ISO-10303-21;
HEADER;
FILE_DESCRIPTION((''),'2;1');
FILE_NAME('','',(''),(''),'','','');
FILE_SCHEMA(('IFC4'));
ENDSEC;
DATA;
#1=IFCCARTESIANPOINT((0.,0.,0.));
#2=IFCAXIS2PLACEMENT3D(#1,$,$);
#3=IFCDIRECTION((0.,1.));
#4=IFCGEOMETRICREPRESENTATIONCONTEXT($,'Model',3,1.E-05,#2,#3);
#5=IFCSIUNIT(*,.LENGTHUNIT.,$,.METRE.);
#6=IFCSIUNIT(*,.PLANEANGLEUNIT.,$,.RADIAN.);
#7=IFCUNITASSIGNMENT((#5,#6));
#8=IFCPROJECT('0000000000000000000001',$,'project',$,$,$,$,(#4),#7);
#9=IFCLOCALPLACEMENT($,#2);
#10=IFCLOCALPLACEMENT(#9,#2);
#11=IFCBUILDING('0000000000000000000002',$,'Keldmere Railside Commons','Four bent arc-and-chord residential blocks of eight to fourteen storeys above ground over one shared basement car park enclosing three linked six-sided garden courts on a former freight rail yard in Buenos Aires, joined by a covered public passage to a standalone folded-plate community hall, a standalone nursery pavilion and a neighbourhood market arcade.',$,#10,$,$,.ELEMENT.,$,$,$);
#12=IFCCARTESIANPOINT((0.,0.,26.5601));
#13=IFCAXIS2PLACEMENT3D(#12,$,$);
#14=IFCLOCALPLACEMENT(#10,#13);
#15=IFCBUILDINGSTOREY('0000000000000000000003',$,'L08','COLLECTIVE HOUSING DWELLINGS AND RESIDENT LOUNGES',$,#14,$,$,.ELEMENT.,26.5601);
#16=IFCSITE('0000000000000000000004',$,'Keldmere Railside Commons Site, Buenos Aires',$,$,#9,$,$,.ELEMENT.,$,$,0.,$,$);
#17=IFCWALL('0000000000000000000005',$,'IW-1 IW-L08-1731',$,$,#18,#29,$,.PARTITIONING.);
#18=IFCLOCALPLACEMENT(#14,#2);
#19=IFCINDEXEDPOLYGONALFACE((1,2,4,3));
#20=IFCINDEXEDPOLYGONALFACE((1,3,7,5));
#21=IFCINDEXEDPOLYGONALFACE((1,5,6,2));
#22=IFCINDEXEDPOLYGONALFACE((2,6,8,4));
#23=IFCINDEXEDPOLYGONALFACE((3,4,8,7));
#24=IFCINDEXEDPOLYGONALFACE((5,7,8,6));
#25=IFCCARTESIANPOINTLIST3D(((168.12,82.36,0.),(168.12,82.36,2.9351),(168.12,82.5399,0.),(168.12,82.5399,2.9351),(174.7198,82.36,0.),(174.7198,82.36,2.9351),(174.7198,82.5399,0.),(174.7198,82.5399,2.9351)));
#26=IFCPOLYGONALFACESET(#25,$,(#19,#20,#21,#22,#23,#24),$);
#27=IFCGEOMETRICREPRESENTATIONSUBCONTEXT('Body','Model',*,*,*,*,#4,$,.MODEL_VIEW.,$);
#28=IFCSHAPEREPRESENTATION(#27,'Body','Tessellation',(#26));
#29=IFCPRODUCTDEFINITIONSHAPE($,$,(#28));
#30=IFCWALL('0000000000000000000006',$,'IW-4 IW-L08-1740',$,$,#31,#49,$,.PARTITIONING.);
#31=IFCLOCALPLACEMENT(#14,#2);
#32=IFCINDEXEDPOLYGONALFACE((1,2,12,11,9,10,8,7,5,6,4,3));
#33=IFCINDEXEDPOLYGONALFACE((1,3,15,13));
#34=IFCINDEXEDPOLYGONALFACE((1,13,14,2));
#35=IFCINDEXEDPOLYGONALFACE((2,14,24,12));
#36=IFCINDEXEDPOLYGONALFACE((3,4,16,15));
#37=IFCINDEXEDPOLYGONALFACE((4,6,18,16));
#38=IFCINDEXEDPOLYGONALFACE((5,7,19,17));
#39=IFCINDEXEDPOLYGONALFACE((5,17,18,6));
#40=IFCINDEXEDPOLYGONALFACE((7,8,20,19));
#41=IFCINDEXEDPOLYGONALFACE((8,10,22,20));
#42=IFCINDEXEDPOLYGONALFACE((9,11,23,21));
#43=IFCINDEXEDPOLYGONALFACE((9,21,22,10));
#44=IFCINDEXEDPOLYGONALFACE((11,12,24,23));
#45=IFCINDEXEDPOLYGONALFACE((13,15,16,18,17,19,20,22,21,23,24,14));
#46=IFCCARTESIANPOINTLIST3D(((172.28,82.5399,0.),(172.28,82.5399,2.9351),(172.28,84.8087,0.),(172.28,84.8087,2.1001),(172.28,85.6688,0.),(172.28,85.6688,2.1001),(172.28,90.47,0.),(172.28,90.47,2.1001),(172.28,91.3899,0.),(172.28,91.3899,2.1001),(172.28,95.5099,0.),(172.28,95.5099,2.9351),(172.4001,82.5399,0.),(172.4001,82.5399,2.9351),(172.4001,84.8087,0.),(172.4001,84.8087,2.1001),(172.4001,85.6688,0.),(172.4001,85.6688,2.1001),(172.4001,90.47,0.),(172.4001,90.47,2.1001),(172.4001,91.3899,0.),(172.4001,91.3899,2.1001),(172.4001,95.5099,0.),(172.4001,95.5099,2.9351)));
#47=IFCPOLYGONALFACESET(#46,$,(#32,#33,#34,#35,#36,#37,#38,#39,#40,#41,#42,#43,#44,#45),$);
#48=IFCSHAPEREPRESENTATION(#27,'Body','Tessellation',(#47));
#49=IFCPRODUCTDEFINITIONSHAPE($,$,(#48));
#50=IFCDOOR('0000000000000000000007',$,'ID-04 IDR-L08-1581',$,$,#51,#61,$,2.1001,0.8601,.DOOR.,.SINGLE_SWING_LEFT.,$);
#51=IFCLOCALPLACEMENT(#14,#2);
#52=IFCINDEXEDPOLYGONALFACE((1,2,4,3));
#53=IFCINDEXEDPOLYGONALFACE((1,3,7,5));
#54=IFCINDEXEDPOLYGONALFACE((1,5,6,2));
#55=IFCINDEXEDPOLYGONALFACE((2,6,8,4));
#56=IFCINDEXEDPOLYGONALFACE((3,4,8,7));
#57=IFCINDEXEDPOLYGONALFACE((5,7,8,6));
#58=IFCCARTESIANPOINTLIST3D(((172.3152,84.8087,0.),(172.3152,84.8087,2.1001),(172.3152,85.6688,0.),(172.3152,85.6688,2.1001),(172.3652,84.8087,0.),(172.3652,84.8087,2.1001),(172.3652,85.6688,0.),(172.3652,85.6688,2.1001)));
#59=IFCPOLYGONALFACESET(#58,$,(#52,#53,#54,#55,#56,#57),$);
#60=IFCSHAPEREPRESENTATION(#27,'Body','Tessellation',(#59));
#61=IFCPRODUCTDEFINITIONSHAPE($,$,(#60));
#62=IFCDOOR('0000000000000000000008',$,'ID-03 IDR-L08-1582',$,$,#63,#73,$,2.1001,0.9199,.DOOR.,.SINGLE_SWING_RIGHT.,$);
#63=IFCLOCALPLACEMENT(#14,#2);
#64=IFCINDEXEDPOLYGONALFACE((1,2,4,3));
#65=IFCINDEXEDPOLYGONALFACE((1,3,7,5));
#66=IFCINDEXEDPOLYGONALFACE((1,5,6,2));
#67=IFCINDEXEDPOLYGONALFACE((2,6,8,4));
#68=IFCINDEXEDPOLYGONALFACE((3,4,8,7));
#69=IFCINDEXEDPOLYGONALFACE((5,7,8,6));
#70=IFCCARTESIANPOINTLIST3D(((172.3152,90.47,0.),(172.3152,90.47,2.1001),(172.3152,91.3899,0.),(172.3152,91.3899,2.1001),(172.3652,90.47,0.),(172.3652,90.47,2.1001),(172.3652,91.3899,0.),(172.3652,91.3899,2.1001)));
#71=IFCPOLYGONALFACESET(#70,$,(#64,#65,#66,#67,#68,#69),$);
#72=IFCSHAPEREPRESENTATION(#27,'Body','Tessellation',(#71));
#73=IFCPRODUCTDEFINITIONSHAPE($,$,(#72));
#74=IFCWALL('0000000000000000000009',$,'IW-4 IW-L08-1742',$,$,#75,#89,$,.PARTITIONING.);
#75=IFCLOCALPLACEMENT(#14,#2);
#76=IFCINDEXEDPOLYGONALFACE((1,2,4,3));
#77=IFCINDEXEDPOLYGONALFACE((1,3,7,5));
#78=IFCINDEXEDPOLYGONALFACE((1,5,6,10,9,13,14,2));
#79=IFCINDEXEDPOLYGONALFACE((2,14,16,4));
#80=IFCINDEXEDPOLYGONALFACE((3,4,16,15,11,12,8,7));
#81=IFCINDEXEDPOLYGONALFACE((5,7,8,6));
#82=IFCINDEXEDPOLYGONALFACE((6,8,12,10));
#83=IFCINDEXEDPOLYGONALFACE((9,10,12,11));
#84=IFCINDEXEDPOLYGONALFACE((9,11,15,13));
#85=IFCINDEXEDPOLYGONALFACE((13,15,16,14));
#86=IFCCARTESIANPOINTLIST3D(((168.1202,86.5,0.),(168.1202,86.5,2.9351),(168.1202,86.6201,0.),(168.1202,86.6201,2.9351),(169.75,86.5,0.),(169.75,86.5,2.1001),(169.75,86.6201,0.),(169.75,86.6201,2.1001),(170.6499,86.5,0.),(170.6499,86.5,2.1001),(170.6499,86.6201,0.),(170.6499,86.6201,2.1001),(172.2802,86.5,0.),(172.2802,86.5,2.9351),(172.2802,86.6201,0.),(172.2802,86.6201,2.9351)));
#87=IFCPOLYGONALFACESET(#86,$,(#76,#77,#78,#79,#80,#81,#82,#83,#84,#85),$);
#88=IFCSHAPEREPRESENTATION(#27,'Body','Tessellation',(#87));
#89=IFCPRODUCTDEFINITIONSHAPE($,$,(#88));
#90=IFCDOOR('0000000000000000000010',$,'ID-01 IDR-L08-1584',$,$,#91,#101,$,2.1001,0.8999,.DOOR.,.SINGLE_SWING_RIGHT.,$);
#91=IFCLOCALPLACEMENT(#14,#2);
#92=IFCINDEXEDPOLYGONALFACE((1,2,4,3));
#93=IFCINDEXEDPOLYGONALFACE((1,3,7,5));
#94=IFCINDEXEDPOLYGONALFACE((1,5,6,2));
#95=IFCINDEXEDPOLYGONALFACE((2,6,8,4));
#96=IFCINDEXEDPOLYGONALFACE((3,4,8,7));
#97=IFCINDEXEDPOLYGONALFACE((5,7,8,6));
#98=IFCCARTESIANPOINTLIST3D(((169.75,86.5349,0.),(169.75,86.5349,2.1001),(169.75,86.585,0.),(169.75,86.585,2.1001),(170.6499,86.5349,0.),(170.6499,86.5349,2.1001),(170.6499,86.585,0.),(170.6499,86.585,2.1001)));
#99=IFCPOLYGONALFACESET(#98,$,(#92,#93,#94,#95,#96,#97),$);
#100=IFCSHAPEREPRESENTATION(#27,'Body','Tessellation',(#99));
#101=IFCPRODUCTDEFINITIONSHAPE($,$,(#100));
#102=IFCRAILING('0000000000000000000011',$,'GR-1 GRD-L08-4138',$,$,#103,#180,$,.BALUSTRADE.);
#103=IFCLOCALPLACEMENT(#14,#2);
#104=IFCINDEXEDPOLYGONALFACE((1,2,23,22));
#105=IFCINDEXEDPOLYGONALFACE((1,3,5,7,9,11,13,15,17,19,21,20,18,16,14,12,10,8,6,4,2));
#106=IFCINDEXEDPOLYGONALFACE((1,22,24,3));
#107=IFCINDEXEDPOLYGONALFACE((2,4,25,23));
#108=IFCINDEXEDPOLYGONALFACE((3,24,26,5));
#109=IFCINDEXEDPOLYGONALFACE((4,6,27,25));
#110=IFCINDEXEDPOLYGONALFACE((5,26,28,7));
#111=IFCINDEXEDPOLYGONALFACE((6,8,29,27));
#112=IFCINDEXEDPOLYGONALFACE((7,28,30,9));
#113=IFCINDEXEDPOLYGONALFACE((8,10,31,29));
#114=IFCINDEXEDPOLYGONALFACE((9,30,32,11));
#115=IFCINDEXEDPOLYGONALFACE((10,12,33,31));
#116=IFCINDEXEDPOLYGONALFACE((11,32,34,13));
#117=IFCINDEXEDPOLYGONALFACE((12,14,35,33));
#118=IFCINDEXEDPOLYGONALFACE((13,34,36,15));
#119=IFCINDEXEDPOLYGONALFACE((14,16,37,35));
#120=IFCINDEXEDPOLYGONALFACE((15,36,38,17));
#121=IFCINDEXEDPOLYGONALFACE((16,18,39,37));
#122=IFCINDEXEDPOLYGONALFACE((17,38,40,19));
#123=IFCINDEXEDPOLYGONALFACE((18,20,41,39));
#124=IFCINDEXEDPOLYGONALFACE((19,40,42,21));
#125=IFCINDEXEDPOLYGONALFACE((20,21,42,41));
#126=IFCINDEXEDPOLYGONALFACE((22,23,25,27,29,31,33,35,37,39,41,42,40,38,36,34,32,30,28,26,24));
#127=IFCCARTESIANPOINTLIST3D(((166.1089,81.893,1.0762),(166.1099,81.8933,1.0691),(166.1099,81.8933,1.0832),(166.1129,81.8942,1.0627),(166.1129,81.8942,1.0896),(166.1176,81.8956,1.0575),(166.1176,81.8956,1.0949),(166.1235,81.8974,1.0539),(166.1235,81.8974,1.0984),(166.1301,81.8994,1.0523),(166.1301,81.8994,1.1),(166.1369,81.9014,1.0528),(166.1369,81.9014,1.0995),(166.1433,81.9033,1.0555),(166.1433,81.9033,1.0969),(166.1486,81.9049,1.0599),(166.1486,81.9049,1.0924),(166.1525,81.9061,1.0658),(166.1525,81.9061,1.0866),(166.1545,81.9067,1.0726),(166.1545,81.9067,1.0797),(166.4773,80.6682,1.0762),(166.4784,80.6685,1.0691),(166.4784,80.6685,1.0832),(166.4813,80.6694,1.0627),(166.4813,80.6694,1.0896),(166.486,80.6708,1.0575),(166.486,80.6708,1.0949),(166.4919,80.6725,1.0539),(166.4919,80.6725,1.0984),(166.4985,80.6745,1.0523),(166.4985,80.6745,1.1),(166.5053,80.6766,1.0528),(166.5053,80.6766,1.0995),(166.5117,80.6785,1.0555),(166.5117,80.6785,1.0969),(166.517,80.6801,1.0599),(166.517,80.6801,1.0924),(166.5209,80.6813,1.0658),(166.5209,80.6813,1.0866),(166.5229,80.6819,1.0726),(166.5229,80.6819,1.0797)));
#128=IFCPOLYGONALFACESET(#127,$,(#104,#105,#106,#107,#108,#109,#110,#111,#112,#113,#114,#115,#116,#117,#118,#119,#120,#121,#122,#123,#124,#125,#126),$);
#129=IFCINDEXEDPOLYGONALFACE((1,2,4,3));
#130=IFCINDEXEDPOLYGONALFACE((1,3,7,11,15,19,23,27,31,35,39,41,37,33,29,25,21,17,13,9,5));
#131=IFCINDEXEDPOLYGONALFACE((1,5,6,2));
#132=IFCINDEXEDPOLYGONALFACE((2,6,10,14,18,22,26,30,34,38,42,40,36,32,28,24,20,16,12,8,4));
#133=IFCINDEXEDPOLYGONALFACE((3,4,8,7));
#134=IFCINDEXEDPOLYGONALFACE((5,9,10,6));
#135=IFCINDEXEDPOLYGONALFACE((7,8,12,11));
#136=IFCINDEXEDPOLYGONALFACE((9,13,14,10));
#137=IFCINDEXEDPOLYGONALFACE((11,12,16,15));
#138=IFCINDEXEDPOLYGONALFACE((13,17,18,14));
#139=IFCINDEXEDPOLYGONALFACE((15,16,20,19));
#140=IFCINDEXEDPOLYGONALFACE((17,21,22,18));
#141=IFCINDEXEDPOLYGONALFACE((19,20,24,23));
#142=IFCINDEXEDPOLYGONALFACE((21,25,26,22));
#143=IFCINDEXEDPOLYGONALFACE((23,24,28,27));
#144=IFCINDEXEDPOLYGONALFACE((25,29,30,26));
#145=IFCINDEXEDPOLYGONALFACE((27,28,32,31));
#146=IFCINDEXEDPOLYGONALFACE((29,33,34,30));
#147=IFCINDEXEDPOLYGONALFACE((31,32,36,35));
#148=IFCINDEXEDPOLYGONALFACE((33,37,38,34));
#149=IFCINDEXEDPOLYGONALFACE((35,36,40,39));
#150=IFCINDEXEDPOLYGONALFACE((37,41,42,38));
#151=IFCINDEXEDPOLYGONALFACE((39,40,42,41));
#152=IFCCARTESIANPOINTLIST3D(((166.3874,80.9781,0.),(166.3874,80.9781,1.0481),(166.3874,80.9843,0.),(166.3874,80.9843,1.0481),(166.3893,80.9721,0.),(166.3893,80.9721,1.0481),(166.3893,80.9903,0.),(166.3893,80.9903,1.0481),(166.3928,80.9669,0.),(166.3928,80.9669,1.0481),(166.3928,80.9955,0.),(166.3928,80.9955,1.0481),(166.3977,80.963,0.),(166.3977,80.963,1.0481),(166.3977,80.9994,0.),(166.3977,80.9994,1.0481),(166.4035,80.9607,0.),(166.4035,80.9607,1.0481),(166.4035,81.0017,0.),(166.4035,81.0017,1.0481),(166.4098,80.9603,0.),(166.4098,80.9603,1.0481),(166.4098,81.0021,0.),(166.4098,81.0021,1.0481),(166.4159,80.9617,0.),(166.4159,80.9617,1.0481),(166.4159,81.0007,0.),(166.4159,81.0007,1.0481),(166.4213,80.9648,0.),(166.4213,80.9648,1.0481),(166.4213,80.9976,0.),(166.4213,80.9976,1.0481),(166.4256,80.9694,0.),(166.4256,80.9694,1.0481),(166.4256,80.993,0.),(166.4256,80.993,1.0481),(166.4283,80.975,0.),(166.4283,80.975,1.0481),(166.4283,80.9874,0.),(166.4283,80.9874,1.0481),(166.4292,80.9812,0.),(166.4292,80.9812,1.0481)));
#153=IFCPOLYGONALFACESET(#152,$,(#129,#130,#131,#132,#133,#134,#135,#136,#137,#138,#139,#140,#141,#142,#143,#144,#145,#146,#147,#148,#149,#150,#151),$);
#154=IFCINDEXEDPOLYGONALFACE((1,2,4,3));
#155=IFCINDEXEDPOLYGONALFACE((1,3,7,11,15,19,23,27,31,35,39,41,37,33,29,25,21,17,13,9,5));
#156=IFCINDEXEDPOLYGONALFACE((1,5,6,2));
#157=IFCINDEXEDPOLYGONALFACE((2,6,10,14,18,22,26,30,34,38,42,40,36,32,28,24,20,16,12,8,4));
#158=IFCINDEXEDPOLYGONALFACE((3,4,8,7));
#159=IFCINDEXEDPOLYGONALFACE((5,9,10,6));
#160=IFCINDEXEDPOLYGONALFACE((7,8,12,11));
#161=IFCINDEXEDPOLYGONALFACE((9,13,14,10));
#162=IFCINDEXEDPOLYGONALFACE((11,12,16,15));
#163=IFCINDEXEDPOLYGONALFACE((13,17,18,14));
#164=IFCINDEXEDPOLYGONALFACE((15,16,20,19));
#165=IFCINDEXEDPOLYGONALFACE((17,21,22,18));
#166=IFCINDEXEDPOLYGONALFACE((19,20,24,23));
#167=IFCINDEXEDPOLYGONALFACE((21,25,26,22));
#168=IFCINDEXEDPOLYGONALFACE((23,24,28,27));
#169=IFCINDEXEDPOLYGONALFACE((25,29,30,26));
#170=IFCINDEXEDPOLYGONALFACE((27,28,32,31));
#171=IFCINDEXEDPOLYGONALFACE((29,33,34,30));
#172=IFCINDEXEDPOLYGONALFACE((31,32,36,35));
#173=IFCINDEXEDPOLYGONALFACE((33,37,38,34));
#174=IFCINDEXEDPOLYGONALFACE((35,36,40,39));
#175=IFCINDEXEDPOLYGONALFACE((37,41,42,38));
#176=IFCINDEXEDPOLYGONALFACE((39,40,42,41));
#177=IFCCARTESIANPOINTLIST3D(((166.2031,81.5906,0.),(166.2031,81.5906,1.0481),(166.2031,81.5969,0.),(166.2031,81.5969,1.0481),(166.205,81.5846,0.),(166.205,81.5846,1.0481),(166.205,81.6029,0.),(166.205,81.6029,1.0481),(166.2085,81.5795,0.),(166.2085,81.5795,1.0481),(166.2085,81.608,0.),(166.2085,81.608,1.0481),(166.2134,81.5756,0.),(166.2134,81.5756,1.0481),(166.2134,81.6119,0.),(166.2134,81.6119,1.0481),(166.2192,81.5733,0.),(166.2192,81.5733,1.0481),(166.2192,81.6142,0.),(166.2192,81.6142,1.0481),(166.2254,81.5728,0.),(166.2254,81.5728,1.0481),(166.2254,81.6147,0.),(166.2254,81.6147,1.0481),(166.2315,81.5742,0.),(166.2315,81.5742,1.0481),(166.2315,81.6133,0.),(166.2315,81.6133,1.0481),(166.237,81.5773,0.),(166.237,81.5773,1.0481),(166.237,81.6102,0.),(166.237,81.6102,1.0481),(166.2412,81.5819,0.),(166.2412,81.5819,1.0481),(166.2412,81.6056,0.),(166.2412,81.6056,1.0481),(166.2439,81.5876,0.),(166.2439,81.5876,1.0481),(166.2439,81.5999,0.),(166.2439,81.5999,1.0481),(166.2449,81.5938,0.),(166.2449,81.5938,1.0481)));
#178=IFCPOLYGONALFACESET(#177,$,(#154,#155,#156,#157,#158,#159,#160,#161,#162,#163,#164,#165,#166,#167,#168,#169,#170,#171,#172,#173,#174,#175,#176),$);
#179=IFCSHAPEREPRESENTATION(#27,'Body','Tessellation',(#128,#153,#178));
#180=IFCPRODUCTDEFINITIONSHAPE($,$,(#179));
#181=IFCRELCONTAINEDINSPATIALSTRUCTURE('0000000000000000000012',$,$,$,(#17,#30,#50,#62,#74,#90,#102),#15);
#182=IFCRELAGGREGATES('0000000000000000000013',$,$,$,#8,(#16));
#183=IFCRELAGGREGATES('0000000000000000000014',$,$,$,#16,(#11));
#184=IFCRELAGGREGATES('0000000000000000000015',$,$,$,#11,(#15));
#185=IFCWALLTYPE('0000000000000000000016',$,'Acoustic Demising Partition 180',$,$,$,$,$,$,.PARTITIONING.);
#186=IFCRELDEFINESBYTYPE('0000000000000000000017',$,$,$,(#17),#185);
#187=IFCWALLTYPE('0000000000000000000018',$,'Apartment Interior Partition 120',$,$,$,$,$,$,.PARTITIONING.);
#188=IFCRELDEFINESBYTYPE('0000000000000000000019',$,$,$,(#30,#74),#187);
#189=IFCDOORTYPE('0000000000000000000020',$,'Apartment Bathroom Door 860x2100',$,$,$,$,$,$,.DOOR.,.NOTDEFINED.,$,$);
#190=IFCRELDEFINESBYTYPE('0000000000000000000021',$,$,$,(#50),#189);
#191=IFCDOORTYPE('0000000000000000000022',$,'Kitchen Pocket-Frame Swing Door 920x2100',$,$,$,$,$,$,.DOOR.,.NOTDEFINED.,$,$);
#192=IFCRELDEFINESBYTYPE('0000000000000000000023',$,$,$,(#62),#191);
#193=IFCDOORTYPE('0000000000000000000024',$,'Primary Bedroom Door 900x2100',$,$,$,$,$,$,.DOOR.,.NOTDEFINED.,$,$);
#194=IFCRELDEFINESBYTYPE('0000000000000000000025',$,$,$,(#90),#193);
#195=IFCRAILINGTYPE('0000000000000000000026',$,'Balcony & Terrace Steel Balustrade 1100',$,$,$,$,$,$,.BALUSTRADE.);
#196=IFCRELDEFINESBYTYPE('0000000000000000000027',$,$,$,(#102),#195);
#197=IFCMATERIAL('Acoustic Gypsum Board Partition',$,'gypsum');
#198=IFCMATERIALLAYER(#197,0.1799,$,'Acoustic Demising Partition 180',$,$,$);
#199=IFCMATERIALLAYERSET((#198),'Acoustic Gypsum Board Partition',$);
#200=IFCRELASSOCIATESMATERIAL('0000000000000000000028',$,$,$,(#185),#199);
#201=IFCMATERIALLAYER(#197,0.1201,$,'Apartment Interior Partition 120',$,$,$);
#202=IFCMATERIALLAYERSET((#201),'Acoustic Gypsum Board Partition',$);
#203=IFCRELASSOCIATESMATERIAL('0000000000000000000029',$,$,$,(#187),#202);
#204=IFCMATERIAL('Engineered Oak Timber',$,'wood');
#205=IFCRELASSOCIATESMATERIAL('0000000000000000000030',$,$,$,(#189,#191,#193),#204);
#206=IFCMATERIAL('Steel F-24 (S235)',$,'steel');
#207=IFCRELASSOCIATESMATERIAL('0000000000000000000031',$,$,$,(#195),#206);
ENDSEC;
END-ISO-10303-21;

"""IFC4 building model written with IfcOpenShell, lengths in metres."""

from ifc_helpers import new_model, si_unit, direction, frame, frame_2d, origin, origin_2d, place, context, subcontext, project, spatial, rectangle, circle, extrude, material, layer, layer_set, type_object, element, fill, save


model = new_model("IFC4")

# Units and contexts
model_context = context("Model", 3, precision=1e-05, world=origin(), true_north=direction((0.0, 1.0)))
body_context = subcontext(model_context, "Body", "Model", "MODEL_VIEW")
ifc_project = project(units=[si_unit("LENGTHUNIT", "METRE"), si_unit("PLANEANGLEUNIT", "RADIAN")], contexts=[model_context])

# Site, building, storey
site_placement = place(None, origin())
site = spatial("IfcSite", under=ifc_project, at=site_placement, Name="Keldmere Railside Commons Site, Buenos Aires", CompositionType="ELEMENT", RefElevation=0.0)
building_placement = place(site_placement, origin())
building = spatial("IfcBuilding", under=site, at=building_placement, Name="Keldmere Railside Commons", Description="Four bent arc-and-chord residential blocks of eight to fourteen storeys above ground over one shared basement car park enclosing three linked six-sided garden courts on a former freight rail yard in Buenos Aires, joined by a covered public passage to a standalone folded-plate community hall, a standalone nursery pavilion and a neighbourhood market arcade.", CompositionType="ELEMENT")
storey_placement = place(building_placement, frame((0.0, 0.0, 26.5601)))
storey = spatial("IfcBuildingStorey", under=building, at=storey_placement, Name="L08", Description="COLLECTIVE HOUSING DWELLINGS AND RESIDENT LOUNGES", CompositionType="ELEMENT", Elevation=26.5601)

# Wall
ifc_material_1 = material(Name="Acoustic Gypsum Board Partition", Category="gypsum")
ifc_layer_1 = layer(ifc_material_1, 0.1799, Name="Acoustic Demising Partition 180")
ifc_layer_set_1 = layer_set([ifc_layer_1], Name="Acoustic Gypsum Board Partition")
wall_type_1 = type_object("IfcWallType", Name="Acoustic Demising Partition 180", PredefinedType="PARTITIONING", material=ifc_layer_set_1)
wall_1_placement = place(storey_placement, frame((168.1201, 82.45, 0.0), z_axis=(0.0, 0.0, 1.0), x_axis=(1.0, 0.0, 0.0)))
element("IfcWall", 1, at=wall_1_placement, inside=storey, type_object=wall_type_1, Name="IW-1 IW-L08-1731", PredefinedType="PARTITIONING", context=body_context, shape_type="SweptSolid", body=[
    extrude(rectangle(XDim=6.5999, YDim=0.1799, at=frame_2d((3.2998, 0.0))), origin(), (0.0, 0.0, 1.0), 2.9351),
])

# Wall, openings, doors
ifc_layer_2 = layer(ifc_material_1, 0.1201, Name="Apartment Interior Partition 120")
ifc_layer_set_2 = layer_set([ifc_layer_2], Name="Acoustic Gypsum Board Partition")
wall_type_2 = type_object("IfcWallType", Name="Apartment Interior Partition 120", PredefinedType="PARTITIONING", material=ifc_layer_set_2)
wall_2_placement = place(storey_placement, frame((172.3401, 82.54, 0.0), z_axis=(0.0, 0.0, 1.0), x_axis=(0.0, 1.0, 0.0)))
wall_2 = element("IfcWall", 2, at=wall_2_placement, inside=storey, type_object=wall_type_2, Name="IW-4 IW-L08-1740", PredefinedType="PARTITIONING", context=body_context, shape_type="SweptSolid", body=[
    extrude(rectangle(XDim=12.97, YDim=0.1201, at=frame_2d((6.4849, 0.0))), origin(), (0.0, 0.0, 1.0), 2.9351),
])
opening_1_placement = place(wall_2_placement, frame((2.2686, 0.0, 0.0)))
opening_1 = element("IfcOpeningElement", 3, at=opening_1_placement, cuts=wall_2, PredefinedType="OPENING", context=body_context, shape_type="SweptSolid", body=[
    extrude(rectangle(XDim=0.8601, YDim=2.1001, at=frame_2d((0.4302, 1.05))), frame((0.0, 0.0701, 0.0), z_axis=(0.0, -1.0, 0.0), x_axis=(1.0, 0.0, 0.0)), (0.0, 0.0, 1.0), 0.1401),
])
opening_2_placement = place(wall_2_placement, frame((7.9299, 0.0, 0.0)))
opening_2 = element("IfcOpeningElement", 4, at=opening_2_placement, cuts=wall_2, PredefinedType="OPENING", context=body_context, shape_type="SweptSolid", body=[
    extrude(rectangle(XDim=0.9199, YDim=2.1001, at=frame_2d((0.46, 1.05))), frame((0.0, 0.0701, 0.0), z_axis=(0.0, -1.0, 0.0), x_axis=(1.0, 0.0, 0.0)), (0.0, 0.0, 1.0), 0.1401),
])
ifc_material_2 = material(Name="Engineered Oak Timber", Category="wood")
door_type_1 = type_object("IfcDoorType", Name="Apartment Bathroom Door 860x2100", OperationType="NOTDEFINED", PredefinedType="DOOR", material=ifc_material_2)
door_1_placement = place(opening_1_placement, origin())
door_1 = element("IfcDoor", 5, at=door_1_placement, inside=storey, type_object=door_type_1, Name="ID-04 IDR-L08-1581", OperationType="SINGLE_SWING_LEFT", OverallHeight=2.1001, OverallWidth=0.8601, PredefinedType="DOOR", context=body_context, shape_type="SweptSolid", body=[
    extrude(rectangle(XDim=0.8601, YDim=2.1001, at=frame_2d((0.4302, 1.05))), frame((0.0, 0.0249, 0.0), z_axis=(0.0, -1.0, 0.0), x_axis=(1.0, 0.0, 0.0)), (0.0, 0.0, 1.0), 0.05),
])
fill(opening_1, door_1)
door_type_2 = type_object("IfcDoorType", Name="Kitchen Pocket-Frame Swing Door 920x2100", OperationType="NOTDEFINED", PredefinedType="DOOR", material=ifc_material_2)
door_2_placement = place(opening_2_placement, origin())
door_2 = element("IfcDoor", 6, at=door_2_placement, inside=storey, type_object=door_type_2, Name="ID-03 IDR-L08-1582", OperationType="SINGLE_SWING_RIGHT", OverallHeight=2.1001, OverallWidth=0.9199, PredefinedType="DOOR", context=body_context, shape_type="SweptSolid", body=[
    extrude(rectangle(XDim=0.9199, YDim=2.1001, at=frame_2d((0.46, 1.05))), frame((0.0, 0.0249, 0.0), z_axis=(0.0, -1.0, 0.0), x_axis=(1.0, 0.0, 0.0)), (0.0, 0.0, 1.0), 0.05),
])
fill(opening_2, door_2)

# Wall, opening, door
wall_3_placement = place(storey_placement, frame((168.1201, 86.5601, 0.0), z_axis=(0.0, 0.0, 1.0), x_axis=(1.0, 0.0, 0.0)))
wall_3 = element("IfcWall", 7, at=wall_3_placement, inside=storey, type_object=wall_type_2, Name="IW-4 IW-L08-1742", PredefinedType="PARTITIONING", context=body_context, shape_type="SweptSolid", body=[
    extrude(rectangle(XDim=4.1599, YDim=0.1201, at=frame_2d((2.0801, 0.0))), origin(), (0.0, 0.0, 1.0), 2.9351),
])
opening_3_placement = place(wall_3_placement, frame((1.6299, 0.0, 0.0)))
opening_3 = element("IfcOpeningElement", 8, at=opening_3_placement, cuts=wall_3, PredefinedType="OPENING", context=body_context, shape_type="SweptSolid", body=[
    extrude(rectangle(XDim=0.8999, YDim=2.1001, at=frame_2d((0.45, 1.05))), frame((0.0, 0.0701, 0.0), z_axis=(0.0, -1.0, 0.0), x_axis=(1.0, 0.0, 0.0)), (0.0, 0.0, 1.0), 0.1401),
])
door_type_3 = type_object("IfcDoorType", Name="Primary Bedroom Door 900x2100", OperationType="NOTDEFINED", PredefinedType="DOOR", material=ifc_material_2)
door_3_placement = place(opening_3_placement, origin())
door_3 = element("IfcDoor", 9, at=door_3_placement, inside=storey, type_object=door_type_3, Name="ID-01 IDR-L08-1584", OperationType="SINGLE_SWING_RIGHT", OverallHeight=2.1001, OverallWidth=0.8999, PredefinedType="DOOR", context=body_context, shape_type="SweptSolid", body=[
    extrude(rectangle(XDim=0.8999, YDim=2.1001, at=frame_2d((0.45, 1.05))), frame((0.0, 0.0249, 0.0), z_axis=(0.0, -1.0, 0.0), x_axis=(1.0, 0.0, 0.0)), (0.0, 0.0, 1.0), 0.05),
])
fill(opening_3, door_3)

# Railing
ifc_material_3 = material(Name="Steel F-24 (S235)", Category="steel")
railing_type = type_object("IfcRailingType", Name="Balcony & Terrace Steel Balustrade 1100", PredefinedType="BALUSTRADE", material=ifc_material_3)
railing_1_placement = place(storey_placement, frame((166.5002, 80.675, 0.0)))
element("IfcRailing", 10, at=railing_1_placement, inside=storey, type_object=railing_type, Name="GR-1 GRD-L08-4138", PredefinedType="BALUSTRADE", context=body_context, shape_type="SweptSolid", body=[
    extrude(circle(Radius=0.0239, at=origin_2d()), frame((0.0, 0.0, 1.0762), z_axis=(-0.288031, 0.957621, 0.0), x_axis=(-0.957621, -0.288031, 0.0)), (0.0, 0.0, 1.0), 1.2791),
    extrude(circle(Radius=0.021, at=origin_2d()), frame((-0.092, 0.3062, 0.0)), (0.0, 0.0, 1.0), 1.0481),
    extrude(circle(Radius=0.021, at=origin_2d()), frame((-0.2764, 0.9187, 0.0)), (0.0, 0.0, 1.0), 1.0481),
])

save(model, "model.ifc")
